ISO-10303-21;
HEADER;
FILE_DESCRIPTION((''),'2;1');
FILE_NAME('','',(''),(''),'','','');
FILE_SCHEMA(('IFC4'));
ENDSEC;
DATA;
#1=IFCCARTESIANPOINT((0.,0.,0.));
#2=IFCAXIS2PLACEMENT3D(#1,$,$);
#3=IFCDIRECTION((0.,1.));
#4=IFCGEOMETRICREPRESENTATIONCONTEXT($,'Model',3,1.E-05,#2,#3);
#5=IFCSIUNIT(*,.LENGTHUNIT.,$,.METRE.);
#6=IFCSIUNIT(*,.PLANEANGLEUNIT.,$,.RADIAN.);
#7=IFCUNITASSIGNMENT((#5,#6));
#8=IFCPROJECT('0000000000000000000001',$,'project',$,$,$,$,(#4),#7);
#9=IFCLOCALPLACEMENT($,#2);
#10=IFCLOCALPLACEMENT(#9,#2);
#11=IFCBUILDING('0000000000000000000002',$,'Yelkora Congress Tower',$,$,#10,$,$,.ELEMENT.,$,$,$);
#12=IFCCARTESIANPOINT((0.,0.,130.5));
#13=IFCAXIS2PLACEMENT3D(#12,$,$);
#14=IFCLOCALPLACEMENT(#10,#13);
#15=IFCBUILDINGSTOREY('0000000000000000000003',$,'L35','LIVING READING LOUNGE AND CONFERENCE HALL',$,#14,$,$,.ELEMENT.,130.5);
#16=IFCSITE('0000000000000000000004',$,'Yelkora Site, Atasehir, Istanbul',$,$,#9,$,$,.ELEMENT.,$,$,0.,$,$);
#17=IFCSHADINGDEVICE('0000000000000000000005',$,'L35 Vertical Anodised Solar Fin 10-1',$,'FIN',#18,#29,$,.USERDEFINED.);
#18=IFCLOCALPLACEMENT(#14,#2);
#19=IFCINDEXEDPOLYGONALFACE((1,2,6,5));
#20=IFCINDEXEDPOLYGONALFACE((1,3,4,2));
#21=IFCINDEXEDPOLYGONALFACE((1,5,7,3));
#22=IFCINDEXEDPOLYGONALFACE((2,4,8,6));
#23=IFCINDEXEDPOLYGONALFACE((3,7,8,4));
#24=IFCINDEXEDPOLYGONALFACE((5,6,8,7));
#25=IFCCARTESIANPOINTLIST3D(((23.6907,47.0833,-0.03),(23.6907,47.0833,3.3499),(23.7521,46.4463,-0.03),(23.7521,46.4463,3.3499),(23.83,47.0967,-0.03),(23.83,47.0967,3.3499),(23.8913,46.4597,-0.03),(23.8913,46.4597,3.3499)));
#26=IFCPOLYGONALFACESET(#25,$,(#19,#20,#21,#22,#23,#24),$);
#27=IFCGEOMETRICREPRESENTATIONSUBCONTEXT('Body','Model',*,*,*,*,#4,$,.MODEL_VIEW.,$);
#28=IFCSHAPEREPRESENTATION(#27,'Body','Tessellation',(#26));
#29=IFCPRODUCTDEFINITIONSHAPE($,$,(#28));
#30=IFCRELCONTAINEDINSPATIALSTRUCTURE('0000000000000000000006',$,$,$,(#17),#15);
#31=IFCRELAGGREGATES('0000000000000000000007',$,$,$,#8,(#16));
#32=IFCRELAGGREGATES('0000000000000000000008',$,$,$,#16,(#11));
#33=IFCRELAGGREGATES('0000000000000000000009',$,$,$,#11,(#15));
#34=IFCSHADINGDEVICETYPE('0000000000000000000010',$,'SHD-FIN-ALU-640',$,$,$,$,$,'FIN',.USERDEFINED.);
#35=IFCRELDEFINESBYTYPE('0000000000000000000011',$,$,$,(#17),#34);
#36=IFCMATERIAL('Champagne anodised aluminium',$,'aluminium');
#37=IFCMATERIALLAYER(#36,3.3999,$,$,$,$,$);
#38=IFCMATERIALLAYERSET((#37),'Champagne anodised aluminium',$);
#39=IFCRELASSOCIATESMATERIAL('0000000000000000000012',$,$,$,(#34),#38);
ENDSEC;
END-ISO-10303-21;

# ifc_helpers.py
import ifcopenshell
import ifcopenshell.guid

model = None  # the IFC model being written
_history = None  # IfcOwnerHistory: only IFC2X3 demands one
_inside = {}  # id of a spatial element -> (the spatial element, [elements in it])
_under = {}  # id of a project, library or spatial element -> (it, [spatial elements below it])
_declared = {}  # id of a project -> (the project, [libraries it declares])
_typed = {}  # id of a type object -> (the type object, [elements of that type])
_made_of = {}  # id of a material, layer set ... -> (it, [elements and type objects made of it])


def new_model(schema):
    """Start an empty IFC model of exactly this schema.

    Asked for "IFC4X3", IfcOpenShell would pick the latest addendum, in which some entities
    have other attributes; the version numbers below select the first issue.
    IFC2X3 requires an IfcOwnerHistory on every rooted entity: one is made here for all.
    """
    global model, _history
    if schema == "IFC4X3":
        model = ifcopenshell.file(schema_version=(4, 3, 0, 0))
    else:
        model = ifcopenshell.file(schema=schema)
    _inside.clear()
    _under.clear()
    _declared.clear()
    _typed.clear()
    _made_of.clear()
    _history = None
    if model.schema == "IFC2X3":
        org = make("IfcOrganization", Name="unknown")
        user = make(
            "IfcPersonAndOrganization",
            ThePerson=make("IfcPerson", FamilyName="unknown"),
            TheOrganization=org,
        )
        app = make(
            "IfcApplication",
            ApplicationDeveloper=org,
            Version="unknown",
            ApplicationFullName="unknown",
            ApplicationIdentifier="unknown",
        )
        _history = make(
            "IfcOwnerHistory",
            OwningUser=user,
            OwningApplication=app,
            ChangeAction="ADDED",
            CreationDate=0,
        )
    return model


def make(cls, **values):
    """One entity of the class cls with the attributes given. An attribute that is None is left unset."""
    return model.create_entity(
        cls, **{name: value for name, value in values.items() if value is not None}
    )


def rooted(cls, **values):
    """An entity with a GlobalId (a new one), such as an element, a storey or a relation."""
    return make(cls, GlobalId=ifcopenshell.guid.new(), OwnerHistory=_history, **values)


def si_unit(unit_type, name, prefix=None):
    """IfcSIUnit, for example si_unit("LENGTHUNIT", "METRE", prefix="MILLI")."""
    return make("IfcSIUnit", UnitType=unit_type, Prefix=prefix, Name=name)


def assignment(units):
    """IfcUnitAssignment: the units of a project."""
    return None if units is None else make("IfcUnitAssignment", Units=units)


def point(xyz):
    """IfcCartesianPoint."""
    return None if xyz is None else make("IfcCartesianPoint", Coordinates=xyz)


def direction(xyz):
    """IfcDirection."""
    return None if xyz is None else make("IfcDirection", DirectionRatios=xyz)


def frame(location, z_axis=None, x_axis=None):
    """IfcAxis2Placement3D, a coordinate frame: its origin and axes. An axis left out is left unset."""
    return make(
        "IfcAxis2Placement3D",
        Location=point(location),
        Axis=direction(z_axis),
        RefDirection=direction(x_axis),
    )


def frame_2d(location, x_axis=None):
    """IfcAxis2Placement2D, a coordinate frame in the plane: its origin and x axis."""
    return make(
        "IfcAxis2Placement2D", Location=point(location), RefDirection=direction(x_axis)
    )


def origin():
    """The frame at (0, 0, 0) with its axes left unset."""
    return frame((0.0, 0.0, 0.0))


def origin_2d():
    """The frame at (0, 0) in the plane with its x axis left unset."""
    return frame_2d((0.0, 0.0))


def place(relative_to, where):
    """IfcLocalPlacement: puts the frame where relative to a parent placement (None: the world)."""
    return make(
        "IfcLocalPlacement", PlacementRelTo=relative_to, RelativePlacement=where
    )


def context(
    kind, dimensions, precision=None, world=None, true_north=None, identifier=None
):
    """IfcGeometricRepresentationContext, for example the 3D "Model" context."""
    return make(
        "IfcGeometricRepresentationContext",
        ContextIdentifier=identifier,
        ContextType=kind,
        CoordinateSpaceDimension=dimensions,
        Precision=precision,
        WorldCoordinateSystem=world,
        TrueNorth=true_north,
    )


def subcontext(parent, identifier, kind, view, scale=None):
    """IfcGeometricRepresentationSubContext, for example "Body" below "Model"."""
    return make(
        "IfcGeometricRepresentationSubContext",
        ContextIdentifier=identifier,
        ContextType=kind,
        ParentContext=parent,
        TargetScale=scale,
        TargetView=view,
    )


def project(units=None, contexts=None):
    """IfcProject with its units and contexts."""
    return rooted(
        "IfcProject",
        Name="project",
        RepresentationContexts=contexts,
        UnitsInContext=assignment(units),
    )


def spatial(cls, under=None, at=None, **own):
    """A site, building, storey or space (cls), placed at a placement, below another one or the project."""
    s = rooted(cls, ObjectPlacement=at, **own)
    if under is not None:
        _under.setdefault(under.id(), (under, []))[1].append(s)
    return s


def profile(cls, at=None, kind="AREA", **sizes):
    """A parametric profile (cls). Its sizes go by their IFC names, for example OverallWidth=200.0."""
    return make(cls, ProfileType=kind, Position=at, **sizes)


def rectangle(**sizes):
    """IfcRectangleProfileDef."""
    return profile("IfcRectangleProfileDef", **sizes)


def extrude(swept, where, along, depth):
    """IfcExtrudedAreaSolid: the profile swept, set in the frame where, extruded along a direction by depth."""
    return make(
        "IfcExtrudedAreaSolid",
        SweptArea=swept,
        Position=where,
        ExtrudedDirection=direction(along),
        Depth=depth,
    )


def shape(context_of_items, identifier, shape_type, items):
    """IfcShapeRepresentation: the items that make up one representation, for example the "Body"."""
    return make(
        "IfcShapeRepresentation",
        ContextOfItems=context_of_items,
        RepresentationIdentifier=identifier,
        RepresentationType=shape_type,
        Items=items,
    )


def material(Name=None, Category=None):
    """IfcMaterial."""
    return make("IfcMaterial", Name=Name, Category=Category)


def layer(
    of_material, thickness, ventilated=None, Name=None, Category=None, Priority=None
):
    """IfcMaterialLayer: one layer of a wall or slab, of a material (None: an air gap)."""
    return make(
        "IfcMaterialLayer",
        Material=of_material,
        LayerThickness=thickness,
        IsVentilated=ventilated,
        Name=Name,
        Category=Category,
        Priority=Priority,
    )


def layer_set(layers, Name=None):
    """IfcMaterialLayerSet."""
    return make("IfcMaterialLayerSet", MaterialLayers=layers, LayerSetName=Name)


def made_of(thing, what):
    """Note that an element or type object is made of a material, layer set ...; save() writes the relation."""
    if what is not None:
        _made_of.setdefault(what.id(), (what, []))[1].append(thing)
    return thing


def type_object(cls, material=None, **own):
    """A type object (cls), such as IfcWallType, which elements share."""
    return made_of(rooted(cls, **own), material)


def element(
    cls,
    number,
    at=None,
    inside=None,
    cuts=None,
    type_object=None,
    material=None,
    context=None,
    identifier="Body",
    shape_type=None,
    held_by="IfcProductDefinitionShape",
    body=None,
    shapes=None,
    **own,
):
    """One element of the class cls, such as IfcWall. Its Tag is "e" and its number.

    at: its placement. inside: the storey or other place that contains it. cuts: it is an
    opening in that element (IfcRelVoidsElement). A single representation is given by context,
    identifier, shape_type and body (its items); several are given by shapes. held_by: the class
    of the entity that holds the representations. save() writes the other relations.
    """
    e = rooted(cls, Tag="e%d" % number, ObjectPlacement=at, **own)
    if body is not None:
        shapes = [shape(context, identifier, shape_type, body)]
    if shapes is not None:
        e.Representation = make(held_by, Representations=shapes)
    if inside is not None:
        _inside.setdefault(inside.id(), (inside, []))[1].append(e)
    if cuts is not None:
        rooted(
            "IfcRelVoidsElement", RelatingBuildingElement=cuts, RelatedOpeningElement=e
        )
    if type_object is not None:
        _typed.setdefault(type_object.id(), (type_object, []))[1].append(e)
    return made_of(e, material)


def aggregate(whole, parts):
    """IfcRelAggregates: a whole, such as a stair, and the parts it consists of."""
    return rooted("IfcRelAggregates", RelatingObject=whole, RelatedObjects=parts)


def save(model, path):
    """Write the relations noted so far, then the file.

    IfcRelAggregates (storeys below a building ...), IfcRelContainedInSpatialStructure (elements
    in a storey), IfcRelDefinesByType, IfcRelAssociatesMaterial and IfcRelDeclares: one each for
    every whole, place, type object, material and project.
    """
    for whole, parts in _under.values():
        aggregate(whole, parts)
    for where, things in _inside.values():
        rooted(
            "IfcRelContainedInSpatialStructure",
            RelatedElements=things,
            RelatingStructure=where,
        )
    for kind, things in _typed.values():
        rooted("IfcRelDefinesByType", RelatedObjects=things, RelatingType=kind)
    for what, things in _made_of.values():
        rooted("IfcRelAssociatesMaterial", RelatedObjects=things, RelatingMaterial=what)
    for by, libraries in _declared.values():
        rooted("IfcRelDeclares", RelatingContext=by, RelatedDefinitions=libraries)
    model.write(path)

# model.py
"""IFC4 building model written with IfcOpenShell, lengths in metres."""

from ifc_helpers import new_model, si_unit, direction, frame, origin, origin_2d, place, context, subcontext, project, spatial, rectangle, extrude, material, layer, layer_set, type_object, element, save


model = new_model("IFC4")

# Units and contexts
model_context = context("Model", 3, precision=1e-05, world=origin(), true_north=direction((0.0, 1.0)))
body_context = subcontext(model_context, "Body", "Model", "MODEL_VIEW")
ifc_project = project(units=[si_unit("LENGTHUNIT", "METRE"), si_unit("PLANEANGLEUNIT", "RADIAN")], contexts=[model_context])

# Site, building, storey
site_placement = place(None, origin())
site = spatial("IfcSite", under=ifc_project, at=site_placement, Name="Yelkora Site, Atasehir, Istanbul", CompositionType="ELEMENT", RefElevation=0.0)
building_placement = place(site_placement, origin())
building = spatial("IfcBuilding", under=site, at=building_placement, Name="Yelkora Congress Tower", CompositionType="ELEMENT")
storey_placement = place(building_placement, frame((0.0, 0.0, 130.5)))
storey = spatial("IfcBuildingStorey", under=building, at=storey_placement, Name="L35", Description="LIVING READING LOUNGE AND CONFERENCE HALL", CompositionType="ELEMENT", Elevation=130.5)

# Shading device
ifc_material_1 = material(Name="Champagne anodised aluminium", Category="aluminium")
ifc_layer_1 = layer(ifc_material_1, 3.3999)
ifc_layer_set_1 = layer_set([ifc_layer_1], Name="Champagne anodised aluminium")
shading_device_type = type_object("IfcShadingDeviceType", Name="SHD-FIN-ALU-640", ElementType="FIN", PredefinedType="USERDEFINED", material=ifc_layer_set_1)
shading_device_placement = place(storey_placement, frame((23.791, 46.7715, -0.03), z_axis=(0.0, 0.0, 1.0), x_axis=(0.995396, 0.095846, 0.0)))
element("IfcShadingDevice", 1, at=shading_device_placement, inside=storey, type_object=shading_device_type, Name="L35 Vertical Anodised Solar Fin 10-1", ObjectType="FIN", PredefinedType="USERDEFINED", context=body_context, shape_type="SweptSolid", body=[
    extrude(rectangle(XDim=0.1399, YDim=0.6399, at=origin_2d()), origin(), (0.0, 0.0, 1.0), 3.3799),
])

save(model, "model.ifc")
